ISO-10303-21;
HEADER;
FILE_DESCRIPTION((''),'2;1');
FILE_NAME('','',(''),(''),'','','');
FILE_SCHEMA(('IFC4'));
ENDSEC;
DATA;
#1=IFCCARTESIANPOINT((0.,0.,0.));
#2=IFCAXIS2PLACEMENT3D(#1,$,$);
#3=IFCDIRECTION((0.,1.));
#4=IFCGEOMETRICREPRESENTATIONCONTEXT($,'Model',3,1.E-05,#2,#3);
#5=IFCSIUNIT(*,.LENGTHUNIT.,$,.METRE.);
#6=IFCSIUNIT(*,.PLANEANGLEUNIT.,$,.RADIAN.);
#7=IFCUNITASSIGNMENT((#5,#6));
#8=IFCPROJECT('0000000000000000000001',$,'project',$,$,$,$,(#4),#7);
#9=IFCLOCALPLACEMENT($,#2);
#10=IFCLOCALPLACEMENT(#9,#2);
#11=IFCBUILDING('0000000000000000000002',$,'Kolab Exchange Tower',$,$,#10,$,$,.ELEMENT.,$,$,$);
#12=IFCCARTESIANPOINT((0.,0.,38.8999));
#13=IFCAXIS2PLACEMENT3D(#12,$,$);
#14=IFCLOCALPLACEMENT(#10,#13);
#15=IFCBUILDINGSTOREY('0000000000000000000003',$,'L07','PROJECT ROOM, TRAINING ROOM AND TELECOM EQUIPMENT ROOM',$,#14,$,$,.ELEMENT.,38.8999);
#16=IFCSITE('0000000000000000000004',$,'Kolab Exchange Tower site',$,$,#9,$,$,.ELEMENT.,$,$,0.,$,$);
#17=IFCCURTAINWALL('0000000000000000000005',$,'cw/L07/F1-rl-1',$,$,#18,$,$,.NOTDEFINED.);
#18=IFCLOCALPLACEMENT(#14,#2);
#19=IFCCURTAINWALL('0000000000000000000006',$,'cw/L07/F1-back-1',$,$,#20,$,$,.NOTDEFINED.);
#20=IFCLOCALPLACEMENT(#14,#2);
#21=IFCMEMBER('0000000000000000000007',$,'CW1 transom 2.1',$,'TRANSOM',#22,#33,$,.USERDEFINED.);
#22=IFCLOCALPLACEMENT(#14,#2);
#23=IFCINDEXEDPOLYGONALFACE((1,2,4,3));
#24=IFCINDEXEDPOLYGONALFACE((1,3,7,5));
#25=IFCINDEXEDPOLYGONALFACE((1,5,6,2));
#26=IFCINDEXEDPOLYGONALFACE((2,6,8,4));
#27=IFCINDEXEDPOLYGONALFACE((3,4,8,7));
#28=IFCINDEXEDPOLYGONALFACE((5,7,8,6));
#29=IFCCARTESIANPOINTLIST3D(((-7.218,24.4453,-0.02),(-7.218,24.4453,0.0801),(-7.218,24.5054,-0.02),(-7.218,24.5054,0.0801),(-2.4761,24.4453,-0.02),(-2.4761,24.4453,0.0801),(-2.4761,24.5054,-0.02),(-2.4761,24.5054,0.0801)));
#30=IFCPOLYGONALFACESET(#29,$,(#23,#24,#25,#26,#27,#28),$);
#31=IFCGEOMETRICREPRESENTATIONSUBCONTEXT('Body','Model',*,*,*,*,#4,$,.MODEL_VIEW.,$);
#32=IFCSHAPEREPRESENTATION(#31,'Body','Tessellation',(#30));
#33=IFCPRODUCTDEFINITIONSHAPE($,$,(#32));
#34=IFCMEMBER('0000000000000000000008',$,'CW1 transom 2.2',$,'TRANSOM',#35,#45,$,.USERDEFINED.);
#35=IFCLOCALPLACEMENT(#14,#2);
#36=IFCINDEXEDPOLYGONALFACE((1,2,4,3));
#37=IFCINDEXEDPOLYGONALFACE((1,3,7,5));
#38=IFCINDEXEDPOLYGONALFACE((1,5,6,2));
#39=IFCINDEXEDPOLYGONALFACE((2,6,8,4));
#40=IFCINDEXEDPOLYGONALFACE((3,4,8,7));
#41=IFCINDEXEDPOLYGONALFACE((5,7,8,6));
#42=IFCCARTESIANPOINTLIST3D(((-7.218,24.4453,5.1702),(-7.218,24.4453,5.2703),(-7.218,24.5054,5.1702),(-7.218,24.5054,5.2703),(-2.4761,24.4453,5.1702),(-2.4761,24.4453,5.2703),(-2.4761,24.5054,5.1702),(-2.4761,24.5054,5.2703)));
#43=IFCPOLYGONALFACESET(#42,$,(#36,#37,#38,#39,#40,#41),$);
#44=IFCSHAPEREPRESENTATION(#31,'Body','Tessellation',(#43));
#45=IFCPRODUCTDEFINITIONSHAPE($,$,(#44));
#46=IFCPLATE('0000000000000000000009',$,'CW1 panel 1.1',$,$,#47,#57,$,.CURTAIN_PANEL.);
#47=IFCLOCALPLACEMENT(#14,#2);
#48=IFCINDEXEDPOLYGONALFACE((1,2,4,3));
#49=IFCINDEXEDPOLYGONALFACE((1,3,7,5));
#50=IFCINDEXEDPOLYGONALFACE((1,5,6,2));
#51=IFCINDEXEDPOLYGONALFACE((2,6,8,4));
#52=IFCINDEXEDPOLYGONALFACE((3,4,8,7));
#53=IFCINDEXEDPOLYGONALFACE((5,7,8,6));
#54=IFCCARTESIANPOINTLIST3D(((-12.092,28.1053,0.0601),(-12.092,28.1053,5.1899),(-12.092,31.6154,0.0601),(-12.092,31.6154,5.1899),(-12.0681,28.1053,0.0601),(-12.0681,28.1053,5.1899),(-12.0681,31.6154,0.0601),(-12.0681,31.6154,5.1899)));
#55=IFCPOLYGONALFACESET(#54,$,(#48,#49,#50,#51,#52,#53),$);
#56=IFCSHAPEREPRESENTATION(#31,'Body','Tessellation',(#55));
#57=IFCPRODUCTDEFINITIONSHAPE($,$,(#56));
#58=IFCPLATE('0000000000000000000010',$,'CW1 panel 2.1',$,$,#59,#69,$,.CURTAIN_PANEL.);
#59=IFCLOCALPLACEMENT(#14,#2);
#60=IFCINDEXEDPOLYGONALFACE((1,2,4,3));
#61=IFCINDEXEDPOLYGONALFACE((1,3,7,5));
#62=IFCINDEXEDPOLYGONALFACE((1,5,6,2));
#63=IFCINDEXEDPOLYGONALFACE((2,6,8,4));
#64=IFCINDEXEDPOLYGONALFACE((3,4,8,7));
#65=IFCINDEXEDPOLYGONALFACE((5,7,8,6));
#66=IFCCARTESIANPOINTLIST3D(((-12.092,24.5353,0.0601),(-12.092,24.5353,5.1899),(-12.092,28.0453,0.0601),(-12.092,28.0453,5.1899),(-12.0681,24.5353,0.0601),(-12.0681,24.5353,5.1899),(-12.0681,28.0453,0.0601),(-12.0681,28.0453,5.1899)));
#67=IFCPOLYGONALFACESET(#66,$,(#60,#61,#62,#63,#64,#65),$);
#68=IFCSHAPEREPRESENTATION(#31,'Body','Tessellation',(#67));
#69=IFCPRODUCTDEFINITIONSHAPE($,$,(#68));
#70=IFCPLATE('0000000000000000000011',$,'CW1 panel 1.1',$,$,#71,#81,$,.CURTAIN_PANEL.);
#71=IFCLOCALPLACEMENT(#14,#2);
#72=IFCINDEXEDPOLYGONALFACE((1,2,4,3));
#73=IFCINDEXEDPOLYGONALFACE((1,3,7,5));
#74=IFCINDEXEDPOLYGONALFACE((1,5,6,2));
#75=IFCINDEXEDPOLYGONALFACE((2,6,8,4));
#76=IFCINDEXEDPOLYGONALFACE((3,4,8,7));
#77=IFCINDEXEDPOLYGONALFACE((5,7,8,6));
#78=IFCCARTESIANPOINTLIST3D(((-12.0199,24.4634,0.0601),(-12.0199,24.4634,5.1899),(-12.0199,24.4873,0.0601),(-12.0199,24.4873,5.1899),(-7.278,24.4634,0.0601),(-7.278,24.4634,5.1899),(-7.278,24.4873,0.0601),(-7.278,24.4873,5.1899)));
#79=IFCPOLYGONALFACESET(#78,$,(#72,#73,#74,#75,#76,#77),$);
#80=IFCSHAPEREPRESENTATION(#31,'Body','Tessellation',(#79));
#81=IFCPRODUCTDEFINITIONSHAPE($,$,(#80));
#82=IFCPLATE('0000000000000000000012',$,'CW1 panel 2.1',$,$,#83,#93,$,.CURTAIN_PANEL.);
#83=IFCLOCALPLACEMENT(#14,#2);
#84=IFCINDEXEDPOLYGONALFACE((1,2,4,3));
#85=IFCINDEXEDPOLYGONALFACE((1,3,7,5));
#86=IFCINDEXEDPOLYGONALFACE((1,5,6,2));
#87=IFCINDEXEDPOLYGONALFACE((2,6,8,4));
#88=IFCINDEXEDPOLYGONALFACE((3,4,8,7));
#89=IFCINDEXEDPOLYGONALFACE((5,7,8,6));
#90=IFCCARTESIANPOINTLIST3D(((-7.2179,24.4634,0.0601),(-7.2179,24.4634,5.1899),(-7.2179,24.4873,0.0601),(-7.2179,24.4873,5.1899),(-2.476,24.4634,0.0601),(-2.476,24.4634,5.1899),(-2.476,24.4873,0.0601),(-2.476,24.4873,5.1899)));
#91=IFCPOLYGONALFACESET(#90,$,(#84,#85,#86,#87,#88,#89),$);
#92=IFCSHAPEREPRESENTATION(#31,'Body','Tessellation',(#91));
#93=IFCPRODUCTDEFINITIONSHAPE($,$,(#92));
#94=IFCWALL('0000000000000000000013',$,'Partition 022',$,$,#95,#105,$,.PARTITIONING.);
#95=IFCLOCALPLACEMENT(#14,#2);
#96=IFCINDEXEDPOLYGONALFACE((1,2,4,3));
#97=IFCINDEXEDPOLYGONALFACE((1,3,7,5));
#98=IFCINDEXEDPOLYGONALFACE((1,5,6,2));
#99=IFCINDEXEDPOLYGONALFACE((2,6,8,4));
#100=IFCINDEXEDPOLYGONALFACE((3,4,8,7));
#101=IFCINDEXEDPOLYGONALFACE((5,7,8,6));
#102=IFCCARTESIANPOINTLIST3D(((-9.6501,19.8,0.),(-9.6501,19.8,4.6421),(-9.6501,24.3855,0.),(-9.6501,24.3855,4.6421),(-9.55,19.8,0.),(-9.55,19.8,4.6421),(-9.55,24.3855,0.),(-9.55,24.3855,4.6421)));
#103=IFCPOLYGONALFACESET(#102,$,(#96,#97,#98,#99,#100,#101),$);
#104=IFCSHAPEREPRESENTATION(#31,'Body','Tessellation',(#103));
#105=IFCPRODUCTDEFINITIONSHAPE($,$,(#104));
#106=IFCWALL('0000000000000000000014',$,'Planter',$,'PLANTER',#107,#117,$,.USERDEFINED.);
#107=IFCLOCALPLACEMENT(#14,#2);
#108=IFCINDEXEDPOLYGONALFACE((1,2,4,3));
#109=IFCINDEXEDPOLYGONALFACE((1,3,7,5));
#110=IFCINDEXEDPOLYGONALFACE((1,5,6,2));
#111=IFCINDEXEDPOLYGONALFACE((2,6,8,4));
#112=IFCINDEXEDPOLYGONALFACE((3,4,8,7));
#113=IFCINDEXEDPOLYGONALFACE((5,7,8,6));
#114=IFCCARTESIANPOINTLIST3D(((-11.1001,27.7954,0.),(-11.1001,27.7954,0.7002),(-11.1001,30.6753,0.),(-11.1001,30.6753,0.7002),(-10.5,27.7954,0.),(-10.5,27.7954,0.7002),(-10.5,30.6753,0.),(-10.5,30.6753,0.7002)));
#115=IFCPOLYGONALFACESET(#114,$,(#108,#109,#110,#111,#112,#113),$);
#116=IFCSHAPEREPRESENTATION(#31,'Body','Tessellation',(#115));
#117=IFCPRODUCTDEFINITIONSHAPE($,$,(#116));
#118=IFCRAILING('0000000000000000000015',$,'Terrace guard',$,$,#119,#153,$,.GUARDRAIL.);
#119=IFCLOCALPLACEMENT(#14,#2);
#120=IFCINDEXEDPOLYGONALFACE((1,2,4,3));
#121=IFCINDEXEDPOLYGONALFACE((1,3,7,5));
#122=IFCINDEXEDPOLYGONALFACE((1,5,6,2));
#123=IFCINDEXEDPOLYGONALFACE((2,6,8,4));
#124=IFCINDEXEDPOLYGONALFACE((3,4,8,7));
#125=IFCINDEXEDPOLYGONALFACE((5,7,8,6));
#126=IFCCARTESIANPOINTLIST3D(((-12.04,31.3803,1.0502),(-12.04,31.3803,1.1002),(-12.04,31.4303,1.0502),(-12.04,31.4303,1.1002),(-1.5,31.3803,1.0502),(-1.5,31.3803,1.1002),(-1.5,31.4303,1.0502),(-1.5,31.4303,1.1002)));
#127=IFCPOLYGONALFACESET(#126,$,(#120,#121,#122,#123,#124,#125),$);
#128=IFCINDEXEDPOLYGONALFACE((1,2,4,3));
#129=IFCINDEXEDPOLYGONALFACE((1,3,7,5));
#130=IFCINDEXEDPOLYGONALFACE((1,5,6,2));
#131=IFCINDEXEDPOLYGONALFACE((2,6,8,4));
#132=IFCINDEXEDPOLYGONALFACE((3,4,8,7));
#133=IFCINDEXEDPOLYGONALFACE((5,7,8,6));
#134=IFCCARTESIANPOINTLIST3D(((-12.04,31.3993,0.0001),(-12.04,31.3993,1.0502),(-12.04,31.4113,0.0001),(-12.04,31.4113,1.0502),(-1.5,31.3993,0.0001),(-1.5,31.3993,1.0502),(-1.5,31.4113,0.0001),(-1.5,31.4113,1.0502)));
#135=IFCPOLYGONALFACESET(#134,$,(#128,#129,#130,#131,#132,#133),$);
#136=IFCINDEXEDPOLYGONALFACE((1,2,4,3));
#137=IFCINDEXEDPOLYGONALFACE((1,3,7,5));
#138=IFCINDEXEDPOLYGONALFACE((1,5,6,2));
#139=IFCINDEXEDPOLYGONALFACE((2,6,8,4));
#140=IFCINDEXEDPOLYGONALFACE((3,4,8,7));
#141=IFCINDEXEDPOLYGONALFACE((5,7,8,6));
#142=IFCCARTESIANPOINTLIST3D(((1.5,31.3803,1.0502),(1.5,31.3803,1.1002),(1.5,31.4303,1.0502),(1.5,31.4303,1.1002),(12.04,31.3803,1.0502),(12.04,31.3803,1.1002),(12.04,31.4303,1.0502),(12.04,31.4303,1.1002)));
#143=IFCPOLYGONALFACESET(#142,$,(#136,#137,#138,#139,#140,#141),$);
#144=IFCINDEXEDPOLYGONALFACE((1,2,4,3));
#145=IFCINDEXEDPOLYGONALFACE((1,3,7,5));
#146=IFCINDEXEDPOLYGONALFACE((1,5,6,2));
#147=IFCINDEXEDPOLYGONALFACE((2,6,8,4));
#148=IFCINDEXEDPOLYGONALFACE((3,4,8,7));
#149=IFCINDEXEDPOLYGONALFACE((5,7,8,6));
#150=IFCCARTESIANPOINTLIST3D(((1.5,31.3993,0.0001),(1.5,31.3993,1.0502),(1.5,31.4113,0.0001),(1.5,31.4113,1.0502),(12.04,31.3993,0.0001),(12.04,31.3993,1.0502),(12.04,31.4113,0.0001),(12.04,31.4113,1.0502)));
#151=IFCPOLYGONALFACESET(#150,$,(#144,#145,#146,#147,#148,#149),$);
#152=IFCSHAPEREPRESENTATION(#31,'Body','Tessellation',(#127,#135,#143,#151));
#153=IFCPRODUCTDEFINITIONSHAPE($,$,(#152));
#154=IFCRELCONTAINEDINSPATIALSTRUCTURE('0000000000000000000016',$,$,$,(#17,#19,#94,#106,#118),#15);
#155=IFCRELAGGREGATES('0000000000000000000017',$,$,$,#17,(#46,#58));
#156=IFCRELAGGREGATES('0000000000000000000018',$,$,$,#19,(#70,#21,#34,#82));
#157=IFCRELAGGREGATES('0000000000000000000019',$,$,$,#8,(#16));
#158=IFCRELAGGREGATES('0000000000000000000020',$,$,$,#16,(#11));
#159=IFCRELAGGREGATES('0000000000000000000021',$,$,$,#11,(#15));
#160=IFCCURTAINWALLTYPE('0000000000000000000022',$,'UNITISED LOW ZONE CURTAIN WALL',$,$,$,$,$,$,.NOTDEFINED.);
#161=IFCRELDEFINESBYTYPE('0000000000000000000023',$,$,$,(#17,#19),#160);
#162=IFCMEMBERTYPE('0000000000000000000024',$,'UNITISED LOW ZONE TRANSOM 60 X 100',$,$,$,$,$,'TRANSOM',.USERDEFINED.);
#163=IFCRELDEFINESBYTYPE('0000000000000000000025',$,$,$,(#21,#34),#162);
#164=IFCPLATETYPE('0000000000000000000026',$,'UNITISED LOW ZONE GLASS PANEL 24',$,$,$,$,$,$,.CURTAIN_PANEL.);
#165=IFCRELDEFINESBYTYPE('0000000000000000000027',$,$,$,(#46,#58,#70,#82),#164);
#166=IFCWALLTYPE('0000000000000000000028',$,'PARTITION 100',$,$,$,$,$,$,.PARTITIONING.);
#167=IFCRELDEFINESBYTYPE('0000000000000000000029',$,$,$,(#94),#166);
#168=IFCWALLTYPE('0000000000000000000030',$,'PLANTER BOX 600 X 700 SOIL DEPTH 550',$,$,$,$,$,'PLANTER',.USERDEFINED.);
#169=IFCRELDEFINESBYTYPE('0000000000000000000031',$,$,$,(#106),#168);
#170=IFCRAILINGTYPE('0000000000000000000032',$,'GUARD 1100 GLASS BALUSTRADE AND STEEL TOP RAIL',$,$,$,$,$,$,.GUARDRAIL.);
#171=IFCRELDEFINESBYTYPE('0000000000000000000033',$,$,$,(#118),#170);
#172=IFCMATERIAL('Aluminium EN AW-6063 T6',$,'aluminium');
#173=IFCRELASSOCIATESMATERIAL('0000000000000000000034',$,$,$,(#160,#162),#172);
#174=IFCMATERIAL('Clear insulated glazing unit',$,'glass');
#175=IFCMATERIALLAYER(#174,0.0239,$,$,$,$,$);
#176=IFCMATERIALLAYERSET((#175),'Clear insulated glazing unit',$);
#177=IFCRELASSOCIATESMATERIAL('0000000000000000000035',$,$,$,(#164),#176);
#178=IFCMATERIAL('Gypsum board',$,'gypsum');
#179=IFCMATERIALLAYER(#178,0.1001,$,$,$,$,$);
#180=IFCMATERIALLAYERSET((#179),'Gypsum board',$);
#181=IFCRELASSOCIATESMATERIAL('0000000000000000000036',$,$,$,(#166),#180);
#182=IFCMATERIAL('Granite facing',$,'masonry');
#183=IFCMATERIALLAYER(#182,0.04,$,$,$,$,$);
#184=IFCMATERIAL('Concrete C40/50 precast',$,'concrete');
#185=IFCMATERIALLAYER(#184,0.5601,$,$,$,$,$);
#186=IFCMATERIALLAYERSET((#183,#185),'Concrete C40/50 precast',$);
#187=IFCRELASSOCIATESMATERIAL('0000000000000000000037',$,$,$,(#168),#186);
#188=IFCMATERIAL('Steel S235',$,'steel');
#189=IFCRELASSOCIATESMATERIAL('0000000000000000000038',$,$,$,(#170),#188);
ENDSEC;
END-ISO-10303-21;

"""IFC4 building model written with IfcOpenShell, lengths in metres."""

from ifc_helpers import new_model, si_unit, direction, frame, frame_2d, origin, origin_2d, place, context, subcontext, project, spatial, rectangle, extrude, material, layer, layer_set, material_profile, profile_set, type_object, element, aggregate, save


model = new_model("IFC4")

# Units and contexts
model_context = context("Model", 3, precision=1e-05, world=origin(), true_north=direction((0.0, 1.0)))
body_context = subcontext(model_context, "Body", "Model", "MODEL_VIEW")
ifc_project = project(units=[si_unit("LENGTHUNIT", "METRE"), si_unit("PLANEANGLEUNIT", "RADIAN")], contexts=[model_context])

# Site, building, storey
site_placement = place(None, origin())
site = spatial("IfcSite", under=ifc_project, at=site_placement, Name="Kolab Exchange Tower site", CompositionType="ELEMENT", RefElevation=0.0)
building_placement = place(site_placement, origin())
building = spatial("IfcBuilding", under=site, at=building_placement, Name="Kolab Exchange Tower", CompositionType="ELEMENT")
storey_placement = place(building_placement, frame((0.0, 0.0, 38.8999)))
storey = spatial("IfcBuildingStorey", under=building, at=storey_placement, Name="L07", Description="PROJECT ROOM, TRAINING ROOM AND TELECOM EQUIPMENT ROOM", CompositionType="ELEMENT", Elevation=38.8999)

# Curtain walls
ifc_material_1 = material(Name="Aluminium EN AW-6063 T6", Category="aluminium")
curtain_wall_type = type_object("IfcCurtainWallType", Name="UNITISED LOW ZONE CURTAIN WALL", PredefinedType="NOTDEFINED", material=ifc_material_1)
curtain_wall_1_placement = place(storey_placement, origin())
curtain_wall_1 = element("IfcCurtainWall", 1, at=curtain_wall_1_placement, inside=storey, type_object=curtain_wall_type, Name="cw/L07/F1-rl-1", PredefinedType="NOTDEFINED")
curtain_wall_2_placement = place(storey_placement, origin())
curtain_wall_2 = element("IfcCurtainWall", 2, at=curtain_wall_2_placement, inside=storey, type_object=curtain_wall_type, Name="cw/L07/F1-back-1", PredefinedType="NOTDEFINED")

# Members
ifc_material_profile_1 = material_profile(ifc_material_1, rectangle(XDim=0.0601, YDim=0.1001, at=origin_2d()), Name="RECT 60X100")
ifc_profile_set_1 = profile_set([ifc_material_profile_1], Name="Aluminium EN AW-6063 T6")
member_type_1 = type_object("IfcMemberType", Name="UNITISED LOW ZONE TRANSOM 60 X 100", ElementType="TRANSOM", PredefinedType="USERDEFINED", material=ifc_profile_set_1)
member_1_placement = place(storey_placement, frame((-7.218, 24.4753, 0.03), z_axis=(1.0, 0.0, 0.0), x_axis=(0.0, 1.0, 0.0)))
member_1 = element("IfcMember", 3, at=member_1_placement, type_object=member_type_1, Name="CW1 transom 2.1", ObjectType="TRANSOM", PredefinedType="USERDEFINED", context=body_context, shape_type="SweptSolid", body=[
    extrude(rectangle(XDim=0.0601, YDim=0.1001, at=origin_2d()), origin(), (0.0, 0.0, 1.0), 4.7419),
])
member_2_placement = place(storey_placement, frame((-7.218, 24.4753, 5.2202), z_axis=(1.0, 0.0, 0.0), x_axis=(0.0, 1.0, 0.0)))
member_2 = element("IfcMember", 4, at=member_2_placement, type_object=member_type_1, Name="CW1 transom 2.2", ObjectType="TRANSOM", PredefinedType="USERDEFINED", context=body_context, shape_type="SweptSolid", body=[
    extrude(rectangle(XDim=0.0601, YDim=0.1001, at=origin_2d()), origin(), (0.0, 0.0, 1.0), 4.7419),
])

# Plates
ifc_material_2 = material(Name="Clear insulated glazing unit", Category="glass")
ifc_layer_1 = layer(ifc_material_2, 0.0239)
ifc_layer_set_1 = layer_set([ifc_layer_1], Name="Clear insulated glazing unit")
plate_type = type_object("IfcPlateType", Name="UNITISED LOW ZONE GLASS PANEL 24", PredefinedType="CURTAIN_PANEL", material=ifc_layer_set_1)
plate_1_placement = place(storey_placement, frame((-12.0801, 29.8604, 0.0601), z_axis=(0.0, 0.0, 1.0), x_axis=(0.0, -1.0, 0.0)))
plate_1 = element("IfcPlate", 5, at=plate_1_placement, type_object=plate_type, Name="CW1 panel 1.1", PredefinedType="CURTAIN_PANEL", context=body_context, shape_type="SweptSolid", body=[
    extrude(rectangle(XDim=3.51, YDim=0.0239, at=origin_2d()), origin(), (0.0, 0.0, 1.0), 5.1299),
])
plate_2_placement = place(storey_placement, frame((-12.0801, 26.2903, 0.0601), z_axis=(0.0, 0.0, 1.0), x_axis=(0.0, -1.0, 0.0)))
plate_2 = element("IfcPlate", 6, at=plate_2_placement, type_object=plate_type, Name="CW1 panel 2.1", PredefinedType="CURTAIN_PANEL", context=body_context, shape_type="SweptSolid", body=[
    extrude(rectangle(XDim=3.51, YDim=0.0239, at=origin_2d()), origin(), (0.0, 0.0, 1.0), 5.1299),
])
aggregate(curtain_wall_1, [plate_1, plate_2])
plate_3_placement = place(storey_placement, frame((-9.6489, 24.4753, 0.0601), z_axis=(0.0, 0.0, 1.0), x_axis=(1.0, 0.0, 0.0)))
plate_3 = element("IfcPlate", 7, at=plate_3_placement, type_object=plate_type, Name="CW1 panel 1.1", PredefinedType="CURTAIN_PANEL", context=body_context, shape_type="SweptSolid", body=[
    extrude(rectangle(XDim=4.7419, YDim=0.0239, at=origin_2d()), origin(), (0.0, 0.0, 1.0), 5.1299),
])
plate_4_placement = place(storey_placement, frame((-4.8469, 24.4753, 0.0601), z_axis=(0.0, 0.0, 1.0), x_axis=(1.0, 0.0, 0.0)))
plate_4 = element("IfcPlate", 8, at=plate_4_placement, type_object=plate_type, Name="CW1 panel 2.1", PredefinedType="CURTAIN_PANEL", context=body_context, shape_type="SweptSolid", body=[
    extrude(rectangle(XDim=4.7419, YDim=0.0239, at=origin_2d()), origin(), (0.0, 0.0, 1.0), 5.1299),
])
aggregate(curtain_wall_2, [plate_3, member_1, member_2, plate_4])

# Walls
ifc_material_3 = material(Name="Gypsum board", Category="gypsum")
ifc_layer_2 = layer(ifc_material_3, 0.1001)
ifc_layer_set_2 = layer_set([ifc_layer_2], Name="Gypsum board")
wall_type_1 = type_object("IfcWallType", Name="PARTITION 100", PredefinedType="PARTITIONING", material=ifc_layer_set_2)
wall_1_placement = place(storey_placement, frame((-9.6001, 19.8, 0.0), z_axis=(0.0, 0.0, 1.0), x_axis=(0.0, 1.0, 0.0)))
element("IfcWall", 9, at=wall_1_placement, inside=storey, type_object=wall_type_1, Name="Partition 022", PredefinedType="PARTITIONING", context=body_context, shape_type="SweptSolid", body=[
    extrude(rectangle(XDim=4.5854, YDim=0.1001, at=frame_2d((2.2927, 0.0))), origin(), (0.0, 0.0, 1.0), 4.6421),
])
ifc_material_4 = material(Name="Granite facing", Category="masonry")
ifc_layer_3 = layer(ifc_material_4, 0.04)
ifc_material_5 = material(Name="Concrete C40/50 precast", Category="concrete")
ifc_layer_4 = layer(ifc_material_5, 0.5601)
ifc_layer_set_3 = layer_set([ifc_layer_3, ifc_layer_4], Name="Concrete C40/50 precast")
wall_type_2 = type_object("IfcWallType", Name="PLANTER BOX 600 X 700 SOIL DEPTH 550", ElementType="PLANTER", PredefinedType="USERDEFINED", material=ifc_layer_set_3)
wall_2_placement = place(storey_placement, frame((-10.8, 27.7954, 0.0), z_axis=(0.0, 0.0, 1.0), x_axis=(0.0, 1.0, 0.0)))
element("IfcWall", 10, at=wall_2_placement, inside=storey, type_object=wall_type_2, Name="Planter", ObjectType="PLANTER", PredefinedType="USERDEFINED", context=body_context, shape_type="SweptSolid", body=[
    extrude(rectangle(XDim=2.8799, YDim=0.6001, at=frame_2d((1.4399, 0.0))), origin(), (0.0, 0.0, 1.0), 0.7002),
])

# Railing
ifc_material_6 = material(Name="Steel S235", Category="steel")
railing_type = type_object("IfcRailingType", Name="GUARD 1100 GLASS BALUSTRADE AND STEEL TOP RAIL", PredefinedType="GUARDRAIL", material=ifc_material_6)
railing_placement = place(storey_placement, frame((-12.04, 31.4053, 0.0)))
element("IfcRailing", 11, at=railing_placement, inside=storey, type_object=railing_type, Name="Terrace guard", PredefinedType="GUARDRAIL", context=body_context, shape_type="SweptSolid", body=[
    extrude(rectangle(XDim=0.05, YDim=0.05, at=origin_2d()), frame((0.0, 0.0, 1.0752), z_axis=(1.0, 0.0, 0.0), x_axis=(0.0, 1.0, 0.0)), (0.0, 0.0, 1.0), 10.54),
    extrude(rectangle(XDim=0.012, YDim=1.0501, at=frame_2d((0.0, 0.5251))), frame((0.0, 0.0, 0.0), z_axis=(1.0, 0.0, 0.0), x_axis=(0.0, 1.0, 0.0)), (0.0, 0.0, 1.0), 10.54),
    extrude(rectangle(XDim=0.05, YDim=0.05, at=origin_2d()), frame((24.0801, 0.0, 1.0752), z_axis=(-1.0, 0.0, 0.0), x_axis=(0.0, -1.0, 0.0)), (0.0, 0.0, 1.0), 10.54),
    extrude(rectangle(XDim=0.012, YDim=1.0501, at=frame_2d((0.0, 0.5251))), frame((24.0801, 0.0, 0.0), z_axis=(-1.0, 0.0, 0.0), x_axis=(0.0, -1.0, 0.0)), (0.0, 0.0, 1.0), 10.54),
])

save(model, "model.ifc")
